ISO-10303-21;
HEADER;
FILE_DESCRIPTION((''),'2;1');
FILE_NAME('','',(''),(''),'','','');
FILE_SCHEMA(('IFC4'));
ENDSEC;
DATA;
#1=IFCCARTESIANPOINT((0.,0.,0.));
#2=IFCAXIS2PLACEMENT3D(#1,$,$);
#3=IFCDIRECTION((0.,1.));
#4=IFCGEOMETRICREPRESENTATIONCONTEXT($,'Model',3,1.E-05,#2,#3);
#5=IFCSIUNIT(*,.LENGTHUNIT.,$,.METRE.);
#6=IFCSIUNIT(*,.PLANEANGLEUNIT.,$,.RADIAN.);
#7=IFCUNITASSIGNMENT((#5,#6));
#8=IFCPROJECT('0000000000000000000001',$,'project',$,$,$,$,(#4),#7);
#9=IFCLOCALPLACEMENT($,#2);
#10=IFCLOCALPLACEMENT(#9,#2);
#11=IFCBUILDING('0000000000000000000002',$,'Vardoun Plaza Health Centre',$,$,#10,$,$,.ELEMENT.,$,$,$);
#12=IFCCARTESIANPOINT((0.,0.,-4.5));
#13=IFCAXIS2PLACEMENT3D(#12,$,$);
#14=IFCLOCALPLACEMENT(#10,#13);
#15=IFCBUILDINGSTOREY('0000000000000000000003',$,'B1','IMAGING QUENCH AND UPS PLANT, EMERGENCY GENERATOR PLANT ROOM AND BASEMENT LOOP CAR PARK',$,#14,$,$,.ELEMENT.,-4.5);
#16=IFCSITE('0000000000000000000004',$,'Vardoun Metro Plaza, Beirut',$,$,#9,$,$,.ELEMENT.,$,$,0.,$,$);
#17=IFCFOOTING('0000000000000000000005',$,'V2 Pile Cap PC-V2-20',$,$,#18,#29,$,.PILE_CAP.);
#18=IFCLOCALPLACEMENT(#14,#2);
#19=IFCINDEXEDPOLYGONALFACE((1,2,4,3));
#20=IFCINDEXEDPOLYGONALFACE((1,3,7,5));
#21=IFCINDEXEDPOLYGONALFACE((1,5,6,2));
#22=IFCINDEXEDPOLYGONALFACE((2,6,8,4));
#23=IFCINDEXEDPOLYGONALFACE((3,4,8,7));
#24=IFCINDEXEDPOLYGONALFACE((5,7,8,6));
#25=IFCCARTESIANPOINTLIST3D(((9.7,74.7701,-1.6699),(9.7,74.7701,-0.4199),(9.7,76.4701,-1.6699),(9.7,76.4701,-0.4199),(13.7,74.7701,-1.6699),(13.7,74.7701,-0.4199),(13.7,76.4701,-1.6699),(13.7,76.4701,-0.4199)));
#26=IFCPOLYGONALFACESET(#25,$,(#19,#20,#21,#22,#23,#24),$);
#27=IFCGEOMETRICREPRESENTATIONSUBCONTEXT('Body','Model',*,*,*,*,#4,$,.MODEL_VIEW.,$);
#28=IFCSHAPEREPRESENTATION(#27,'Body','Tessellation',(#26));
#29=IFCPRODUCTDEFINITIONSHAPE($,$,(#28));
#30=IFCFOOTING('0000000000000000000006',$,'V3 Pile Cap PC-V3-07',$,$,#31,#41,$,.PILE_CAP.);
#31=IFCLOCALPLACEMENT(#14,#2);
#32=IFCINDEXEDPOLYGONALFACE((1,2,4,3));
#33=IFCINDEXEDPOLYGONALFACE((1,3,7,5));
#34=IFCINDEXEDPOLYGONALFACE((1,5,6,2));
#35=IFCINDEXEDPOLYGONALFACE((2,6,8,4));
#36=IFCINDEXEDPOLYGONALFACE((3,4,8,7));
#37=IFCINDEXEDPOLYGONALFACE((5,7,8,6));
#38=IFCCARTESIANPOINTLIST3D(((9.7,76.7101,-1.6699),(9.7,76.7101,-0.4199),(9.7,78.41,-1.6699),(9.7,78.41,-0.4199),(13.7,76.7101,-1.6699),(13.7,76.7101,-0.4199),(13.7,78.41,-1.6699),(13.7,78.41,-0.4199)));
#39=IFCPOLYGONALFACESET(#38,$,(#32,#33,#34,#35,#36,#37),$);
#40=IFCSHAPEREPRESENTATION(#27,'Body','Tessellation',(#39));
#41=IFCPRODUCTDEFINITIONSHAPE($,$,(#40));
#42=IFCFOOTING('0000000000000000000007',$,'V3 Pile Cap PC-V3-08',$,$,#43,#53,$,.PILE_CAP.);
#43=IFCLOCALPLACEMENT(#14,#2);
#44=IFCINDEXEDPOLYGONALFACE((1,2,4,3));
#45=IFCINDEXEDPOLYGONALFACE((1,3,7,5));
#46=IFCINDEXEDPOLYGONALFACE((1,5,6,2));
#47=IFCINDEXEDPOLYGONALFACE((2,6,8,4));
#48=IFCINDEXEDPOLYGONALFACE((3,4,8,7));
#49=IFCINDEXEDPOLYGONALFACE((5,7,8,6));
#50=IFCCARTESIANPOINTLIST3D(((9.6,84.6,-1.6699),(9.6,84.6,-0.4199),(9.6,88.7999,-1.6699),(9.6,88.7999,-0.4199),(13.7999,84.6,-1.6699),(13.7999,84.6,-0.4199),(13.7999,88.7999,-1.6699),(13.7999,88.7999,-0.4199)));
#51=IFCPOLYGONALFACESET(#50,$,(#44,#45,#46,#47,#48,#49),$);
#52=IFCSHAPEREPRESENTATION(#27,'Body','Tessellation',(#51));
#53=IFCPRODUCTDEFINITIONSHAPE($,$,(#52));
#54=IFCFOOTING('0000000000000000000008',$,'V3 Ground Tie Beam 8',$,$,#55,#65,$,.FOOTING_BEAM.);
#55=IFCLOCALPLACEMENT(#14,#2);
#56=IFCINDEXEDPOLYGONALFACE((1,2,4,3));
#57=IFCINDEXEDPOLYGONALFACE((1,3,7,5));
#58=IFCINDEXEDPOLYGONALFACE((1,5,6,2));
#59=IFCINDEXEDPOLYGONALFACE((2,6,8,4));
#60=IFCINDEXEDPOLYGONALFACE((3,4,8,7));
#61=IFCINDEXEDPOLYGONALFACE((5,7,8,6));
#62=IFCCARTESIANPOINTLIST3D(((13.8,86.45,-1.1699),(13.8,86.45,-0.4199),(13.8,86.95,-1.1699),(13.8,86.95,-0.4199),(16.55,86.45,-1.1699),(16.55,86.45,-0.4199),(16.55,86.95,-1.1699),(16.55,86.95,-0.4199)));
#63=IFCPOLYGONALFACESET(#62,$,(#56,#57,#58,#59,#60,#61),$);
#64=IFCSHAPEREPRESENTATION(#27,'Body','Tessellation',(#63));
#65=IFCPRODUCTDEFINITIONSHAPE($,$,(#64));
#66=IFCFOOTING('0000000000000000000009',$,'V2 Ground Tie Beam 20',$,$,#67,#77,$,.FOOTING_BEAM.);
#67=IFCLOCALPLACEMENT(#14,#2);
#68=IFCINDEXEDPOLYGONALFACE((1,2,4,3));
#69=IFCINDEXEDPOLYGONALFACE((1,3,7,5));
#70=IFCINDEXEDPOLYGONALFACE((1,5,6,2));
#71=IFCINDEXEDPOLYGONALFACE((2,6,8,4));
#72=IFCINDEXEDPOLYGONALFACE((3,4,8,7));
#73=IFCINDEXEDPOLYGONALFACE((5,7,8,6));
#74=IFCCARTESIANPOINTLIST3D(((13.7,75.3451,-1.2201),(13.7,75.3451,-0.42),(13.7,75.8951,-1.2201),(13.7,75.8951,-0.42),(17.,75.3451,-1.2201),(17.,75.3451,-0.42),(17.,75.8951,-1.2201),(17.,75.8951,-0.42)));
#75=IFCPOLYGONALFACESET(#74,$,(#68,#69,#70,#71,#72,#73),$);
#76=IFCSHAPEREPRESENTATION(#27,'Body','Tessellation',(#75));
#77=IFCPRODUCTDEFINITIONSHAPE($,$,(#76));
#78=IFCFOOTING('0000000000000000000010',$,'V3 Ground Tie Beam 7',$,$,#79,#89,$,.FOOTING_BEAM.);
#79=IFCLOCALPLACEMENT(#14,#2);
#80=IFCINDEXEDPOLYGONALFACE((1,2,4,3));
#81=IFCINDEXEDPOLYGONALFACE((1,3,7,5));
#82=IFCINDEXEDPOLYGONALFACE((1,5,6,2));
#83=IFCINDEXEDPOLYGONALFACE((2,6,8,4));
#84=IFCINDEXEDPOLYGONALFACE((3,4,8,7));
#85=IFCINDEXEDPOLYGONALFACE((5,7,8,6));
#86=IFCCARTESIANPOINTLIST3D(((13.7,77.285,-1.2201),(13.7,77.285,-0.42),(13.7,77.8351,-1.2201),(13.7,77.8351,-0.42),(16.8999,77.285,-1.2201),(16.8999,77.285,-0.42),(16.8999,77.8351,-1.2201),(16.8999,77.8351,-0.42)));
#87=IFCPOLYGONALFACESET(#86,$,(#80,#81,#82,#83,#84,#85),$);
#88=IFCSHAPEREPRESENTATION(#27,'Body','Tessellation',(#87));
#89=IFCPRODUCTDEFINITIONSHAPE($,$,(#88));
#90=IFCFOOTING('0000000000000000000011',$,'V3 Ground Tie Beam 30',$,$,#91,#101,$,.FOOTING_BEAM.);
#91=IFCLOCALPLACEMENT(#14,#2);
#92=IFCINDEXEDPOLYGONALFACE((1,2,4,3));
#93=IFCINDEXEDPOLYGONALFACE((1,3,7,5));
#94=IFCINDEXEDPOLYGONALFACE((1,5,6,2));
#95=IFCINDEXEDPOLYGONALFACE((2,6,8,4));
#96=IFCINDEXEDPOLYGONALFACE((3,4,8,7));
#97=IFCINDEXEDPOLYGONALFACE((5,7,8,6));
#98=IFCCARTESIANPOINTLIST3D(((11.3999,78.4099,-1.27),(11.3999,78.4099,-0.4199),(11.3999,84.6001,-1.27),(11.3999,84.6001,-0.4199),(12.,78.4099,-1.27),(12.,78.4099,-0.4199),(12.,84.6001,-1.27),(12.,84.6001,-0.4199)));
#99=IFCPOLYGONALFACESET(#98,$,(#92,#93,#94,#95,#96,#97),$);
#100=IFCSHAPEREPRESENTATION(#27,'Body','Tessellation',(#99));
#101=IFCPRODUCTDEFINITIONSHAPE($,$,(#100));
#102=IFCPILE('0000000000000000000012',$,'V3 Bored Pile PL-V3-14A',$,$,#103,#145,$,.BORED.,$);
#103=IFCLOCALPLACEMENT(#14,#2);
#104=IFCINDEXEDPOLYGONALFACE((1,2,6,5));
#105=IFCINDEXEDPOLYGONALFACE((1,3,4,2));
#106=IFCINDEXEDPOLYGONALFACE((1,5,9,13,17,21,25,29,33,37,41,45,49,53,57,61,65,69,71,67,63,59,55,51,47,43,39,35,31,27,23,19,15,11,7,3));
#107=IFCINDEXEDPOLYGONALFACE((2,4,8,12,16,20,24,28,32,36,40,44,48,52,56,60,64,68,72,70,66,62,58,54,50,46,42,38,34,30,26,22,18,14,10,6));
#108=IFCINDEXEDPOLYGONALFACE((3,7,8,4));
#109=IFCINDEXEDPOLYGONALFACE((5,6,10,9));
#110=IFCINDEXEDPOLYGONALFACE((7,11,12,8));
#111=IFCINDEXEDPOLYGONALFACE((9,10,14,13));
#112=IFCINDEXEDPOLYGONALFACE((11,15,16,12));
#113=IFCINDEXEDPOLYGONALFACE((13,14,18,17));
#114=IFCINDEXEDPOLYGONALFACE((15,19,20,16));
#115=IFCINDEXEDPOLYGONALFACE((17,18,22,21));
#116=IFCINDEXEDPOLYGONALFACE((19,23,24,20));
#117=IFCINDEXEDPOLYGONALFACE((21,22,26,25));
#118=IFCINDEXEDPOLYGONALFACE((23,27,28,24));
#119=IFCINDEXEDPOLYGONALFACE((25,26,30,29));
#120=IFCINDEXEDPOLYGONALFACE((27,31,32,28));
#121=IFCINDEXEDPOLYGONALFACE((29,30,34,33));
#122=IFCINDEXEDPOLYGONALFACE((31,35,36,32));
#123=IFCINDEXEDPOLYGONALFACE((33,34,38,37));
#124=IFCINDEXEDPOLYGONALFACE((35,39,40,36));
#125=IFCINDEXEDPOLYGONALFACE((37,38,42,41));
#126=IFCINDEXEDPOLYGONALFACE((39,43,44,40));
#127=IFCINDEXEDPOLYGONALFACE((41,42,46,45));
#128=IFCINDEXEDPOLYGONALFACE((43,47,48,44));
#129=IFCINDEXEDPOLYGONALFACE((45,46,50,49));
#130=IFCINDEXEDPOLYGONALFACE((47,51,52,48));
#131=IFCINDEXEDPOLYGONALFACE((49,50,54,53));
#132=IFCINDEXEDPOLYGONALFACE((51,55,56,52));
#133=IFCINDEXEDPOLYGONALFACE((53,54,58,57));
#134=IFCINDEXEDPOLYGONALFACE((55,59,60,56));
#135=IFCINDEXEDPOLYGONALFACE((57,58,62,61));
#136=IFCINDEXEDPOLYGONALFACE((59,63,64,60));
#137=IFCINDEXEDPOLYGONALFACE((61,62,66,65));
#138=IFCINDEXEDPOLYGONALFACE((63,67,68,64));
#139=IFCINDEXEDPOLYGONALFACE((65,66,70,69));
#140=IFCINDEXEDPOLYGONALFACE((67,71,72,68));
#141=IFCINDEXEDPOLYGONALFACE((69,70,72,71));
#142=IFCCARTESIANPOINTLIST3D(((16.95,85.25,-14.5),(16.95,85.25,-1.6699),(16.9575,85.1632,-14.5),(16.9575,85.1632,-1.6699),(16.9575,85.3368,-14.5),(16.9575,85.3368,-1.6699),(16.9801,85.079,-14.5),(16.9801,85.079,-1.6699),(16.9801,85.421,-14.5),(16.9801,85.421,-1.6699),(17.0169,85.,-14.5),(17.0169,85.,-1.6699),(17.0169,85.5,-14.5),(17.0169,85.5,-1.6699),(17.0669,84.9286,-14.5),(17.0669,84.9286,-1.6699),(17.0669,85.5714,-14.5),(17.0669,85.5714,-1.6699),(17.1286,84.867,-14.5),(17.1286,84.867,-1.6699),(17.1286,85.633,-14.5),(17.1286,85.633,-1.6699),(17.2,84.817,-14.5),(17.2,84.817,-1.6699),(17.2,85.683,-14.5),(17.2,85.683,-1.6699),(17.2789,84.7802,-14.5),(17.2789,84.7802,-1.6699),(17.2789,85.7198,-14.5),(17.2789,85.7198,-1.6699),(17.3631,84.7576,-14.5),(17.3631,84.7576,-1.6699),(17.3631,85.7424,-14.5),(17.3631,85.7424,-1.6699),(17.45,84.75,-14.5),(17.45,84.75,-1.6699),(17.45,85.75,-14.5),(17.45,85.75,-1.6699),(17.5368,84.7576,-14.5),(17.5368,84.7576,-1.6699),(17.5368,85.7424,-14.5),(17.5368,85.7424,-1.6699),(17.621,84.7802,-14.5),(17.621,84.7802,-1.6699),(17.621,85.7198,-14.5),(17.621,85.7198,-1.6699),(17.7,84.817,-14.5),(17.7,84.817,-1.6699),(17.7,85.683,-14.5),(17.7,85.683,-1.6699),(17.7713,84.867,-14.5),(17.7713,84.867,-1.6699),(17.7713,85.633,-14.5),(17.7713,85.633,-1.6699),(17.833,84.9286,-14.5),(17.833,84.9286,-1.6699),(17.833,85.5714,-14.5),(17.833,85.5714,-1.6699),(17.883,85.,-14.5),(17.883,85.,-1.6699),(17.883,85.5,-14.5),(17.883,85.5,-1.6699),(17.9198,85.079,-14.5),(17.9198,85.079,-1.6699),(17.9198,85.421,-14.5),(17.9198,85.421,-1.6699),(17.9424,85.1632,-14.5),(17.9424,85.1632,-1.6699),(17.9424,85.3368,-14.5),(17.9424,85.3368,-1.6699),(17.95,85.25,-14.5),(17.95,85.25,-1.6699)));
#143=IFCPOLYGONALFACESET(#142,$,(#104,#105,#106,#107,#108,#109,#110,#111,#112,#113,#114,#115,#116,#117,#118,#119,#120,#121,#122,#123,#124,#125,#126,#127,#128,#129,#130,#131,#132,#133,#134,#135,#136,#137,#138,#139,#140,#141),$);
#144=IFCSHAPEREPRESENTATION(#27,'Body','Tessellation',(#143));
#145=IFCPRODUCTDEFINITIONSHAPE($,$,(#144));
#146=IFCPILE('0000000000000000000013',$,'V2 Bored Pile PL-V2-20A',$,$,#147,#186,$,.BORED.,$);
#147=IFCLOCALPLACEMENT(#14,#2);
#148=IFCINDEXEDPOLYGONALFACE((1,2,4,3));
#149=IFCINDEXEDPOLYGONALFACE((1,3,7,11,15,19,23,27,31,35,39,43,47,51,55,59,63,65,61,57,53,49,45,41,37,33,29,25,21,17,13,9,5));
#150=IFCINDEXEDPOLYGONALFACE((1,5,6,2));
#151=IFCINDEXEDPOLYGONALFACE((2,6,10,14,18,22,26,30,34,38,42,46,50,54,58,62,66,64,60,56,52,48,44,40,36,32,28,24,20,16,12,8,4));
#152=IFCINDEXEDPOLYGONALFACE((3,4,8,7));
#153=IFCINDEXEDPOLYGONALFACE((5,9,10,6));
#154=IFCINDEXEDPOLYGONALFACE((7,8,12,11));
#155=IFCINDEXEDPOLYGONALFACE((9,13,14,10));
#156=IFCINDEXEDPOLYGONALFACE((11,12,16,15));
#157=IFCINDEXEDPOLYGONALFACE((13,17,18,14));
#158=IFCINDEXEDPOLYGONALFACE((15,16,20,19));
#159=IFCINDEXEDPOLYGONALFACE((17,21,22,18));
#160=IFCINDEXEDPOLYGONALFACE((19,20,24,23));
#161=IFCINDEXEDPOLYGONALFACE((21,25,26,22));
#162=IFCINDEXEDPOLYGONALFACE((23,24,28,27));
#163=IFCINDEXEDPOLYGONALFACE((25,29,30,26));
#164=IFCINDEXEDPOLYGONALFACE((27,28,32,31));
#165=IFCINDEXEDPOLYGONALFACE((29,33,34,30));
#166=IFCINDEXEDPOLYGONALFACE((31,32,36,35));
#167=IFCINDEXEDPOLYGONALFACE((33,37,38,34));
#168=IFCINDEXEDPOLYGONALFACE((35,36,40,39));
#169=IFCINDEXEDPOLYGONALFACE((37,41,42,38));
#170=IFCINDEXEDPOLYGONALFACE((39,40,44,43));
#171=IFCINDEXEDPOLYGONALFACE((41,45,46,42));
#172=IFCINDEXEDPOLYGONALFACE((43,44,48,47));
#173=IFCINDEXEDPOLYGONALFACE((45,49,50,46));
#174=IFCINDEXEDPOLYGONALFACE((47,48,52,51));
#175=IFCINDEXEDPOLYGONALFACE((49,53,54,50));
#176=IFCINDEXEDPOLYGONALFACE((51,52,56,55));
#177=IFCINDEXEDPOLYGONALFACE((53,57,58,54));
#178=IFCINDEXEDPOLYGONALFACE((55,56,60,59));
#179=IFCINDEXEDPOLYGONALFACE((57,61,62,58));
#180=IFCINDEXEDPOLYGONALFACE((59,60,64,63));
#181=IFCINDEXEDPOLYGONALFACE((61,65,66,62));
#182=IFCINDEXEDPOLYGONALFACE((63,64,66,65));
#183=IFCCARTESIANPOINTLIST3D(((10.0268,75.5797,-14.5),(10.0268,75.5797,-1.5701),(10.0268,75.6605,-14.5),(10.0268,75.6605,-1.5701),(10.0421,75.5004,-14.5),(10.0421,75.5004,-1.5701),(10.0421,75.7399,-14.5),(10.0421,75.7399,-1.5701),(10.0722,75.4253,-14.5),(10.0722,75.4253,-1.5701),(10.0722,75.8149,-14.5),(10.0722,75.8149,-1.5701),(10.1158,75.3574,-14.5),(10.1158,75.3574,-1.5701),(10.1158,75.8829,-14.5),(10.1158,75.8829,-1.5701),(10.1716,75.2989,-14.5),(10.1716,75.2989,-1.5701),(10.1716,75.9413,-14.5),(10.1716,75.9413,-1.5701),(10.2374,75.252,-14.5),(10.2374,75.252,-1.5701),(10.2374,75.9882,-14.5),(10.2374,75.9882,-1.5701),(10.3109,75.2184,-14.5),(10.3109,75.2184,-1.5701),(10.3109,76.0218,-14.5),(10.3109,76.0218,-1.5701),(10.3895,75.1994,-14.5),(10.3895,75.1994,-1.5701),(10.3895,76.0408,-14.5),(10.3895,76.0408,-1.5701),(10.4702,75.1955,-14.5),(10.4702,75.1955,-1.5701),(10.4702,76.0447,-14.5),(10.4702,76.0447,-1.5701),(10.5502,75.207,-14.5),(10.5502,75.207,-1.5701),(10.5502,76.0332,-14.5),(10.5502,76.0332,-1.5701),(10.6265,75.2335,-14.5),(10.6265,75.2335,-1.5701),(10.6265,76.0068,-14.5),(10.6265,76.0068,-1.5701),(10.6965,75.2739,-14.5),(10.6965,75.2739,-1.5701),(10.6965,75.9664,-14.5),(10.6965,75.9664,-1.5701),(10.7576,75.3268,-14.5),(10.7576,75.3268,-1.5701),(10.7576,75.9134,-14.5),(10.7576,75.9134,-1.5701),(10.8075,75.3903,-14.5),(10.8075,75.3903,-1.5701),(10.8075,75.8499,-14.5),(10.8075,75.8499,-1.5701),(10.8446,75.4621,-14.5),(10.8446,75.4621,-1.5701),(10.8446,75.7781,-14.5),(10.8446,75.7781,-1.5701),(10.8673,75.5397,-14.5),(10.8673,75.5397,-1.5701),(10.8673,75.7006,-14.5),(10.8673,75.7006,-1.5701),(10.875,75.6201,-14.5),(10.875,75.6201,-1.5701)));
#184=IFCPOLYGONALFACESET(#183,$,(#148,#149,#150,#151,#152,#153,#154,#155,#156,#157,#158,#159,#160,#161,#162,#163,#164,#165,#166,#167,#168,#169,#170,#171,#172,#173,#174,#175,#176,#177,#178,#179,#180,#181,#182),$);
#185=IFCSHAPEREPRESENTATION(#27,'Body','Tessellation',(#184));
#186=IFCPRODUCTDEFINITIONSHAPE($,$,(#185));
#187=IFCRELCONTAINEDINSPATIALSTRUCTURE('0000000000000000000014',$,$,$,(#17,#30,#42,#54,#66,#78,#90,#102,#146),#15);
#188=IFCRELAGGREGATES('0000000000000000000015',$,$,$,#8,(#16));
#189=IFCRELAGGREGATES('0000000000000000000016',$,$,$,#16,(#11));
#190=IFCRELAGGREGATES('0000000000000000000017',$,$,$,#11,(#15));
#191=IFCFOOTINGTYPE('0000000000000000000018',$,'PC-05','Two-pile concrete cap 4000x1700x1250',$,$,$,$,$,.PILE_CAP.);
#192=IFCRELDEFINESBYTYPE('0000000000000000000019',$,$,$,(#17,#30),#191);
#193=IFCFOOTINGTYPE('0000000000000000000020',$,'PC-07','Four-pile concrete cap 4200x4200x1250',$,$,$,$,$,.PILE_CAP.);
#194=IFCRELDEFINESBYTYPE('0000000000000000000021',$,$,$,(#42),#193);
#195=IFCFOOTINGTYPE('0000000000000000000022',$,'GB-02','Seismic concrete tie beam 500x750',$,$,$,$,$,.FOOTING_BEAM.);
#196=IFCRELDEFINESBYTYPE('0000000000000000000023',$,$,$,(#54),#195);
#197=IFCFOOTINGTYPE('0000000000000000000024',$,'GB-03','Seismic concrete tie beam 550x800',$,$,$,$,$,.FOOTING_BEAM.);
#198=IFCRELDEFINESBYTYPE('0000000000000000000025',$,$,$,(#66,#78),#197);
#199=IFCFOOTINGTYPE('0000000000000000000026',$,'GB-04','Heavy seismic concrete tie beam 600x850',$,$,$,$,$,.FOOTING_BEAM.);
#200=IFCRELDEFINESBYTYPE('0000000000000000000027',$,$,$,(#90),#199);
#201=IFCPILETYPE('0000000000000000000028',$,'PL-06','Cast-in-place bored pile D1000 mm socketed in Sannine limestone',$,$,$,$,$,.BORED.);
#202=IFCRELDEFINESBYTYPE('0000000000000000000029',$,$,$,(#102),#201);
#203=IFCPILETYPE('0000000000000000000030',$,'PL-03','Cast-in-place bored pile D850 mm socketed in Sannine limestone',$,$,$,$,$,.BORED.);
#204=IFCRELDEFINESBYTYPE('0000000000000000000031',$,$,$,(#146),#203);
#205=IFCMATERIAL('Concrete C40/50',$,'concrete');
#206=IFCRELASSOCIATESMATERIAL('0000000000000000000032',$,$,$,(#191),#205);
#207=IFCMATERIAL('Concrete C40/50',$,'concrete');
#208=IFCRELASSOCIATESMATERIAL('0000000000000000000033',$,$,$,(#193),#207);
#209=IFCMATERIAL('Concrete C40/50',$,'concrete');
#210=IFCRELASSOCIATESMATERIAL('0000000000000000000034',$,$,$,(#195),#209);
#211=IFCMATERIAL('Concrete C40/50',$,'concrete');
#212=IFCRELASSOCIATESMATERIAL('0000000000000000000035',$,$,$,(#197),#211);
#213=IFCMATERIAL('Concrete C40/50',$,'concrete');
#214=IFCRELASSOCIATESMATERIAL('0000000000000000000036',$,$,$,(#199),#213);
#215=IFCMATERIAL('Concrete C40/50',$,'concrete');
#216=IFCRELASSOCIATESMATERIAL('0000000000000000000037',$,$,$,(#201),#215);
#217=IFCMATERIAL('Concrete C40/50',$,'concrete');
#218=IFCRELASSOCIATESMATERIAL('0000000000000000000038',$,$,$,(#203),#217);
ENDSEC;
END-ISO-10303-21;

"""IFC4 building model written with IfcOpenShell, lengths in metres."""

from ifc_helpers import new_model, si_unit, direction, frame, origin, origin_2d, place, context, subcontext, project, spatial, rectangle, circle, extrude, material, material_profile, profile_set, type_object, element, save


model = new_model("IFC4")

# Units and contexts
model_context = context("Model", 3, precision=1e-05, world=origin(), true_north=direction((0.0, 1.0)))
body_context = subcontext(model_context, "Body", "Model", "MODEL_VIEW")
ifc_project = project(units=[si_unit("LENGTHUNIT", "METRE"), si_unit("PLANEANGLEUNIT", "RADIAN")], contexts=[model_context])

# Site, building, storey
site_placement = place(None, origin())
site = spatial("IfcSite", under=ifc_project, at=site_placement, Name="Vardoun Metro Plaza, Beirut", CompositionType="ELEMENT", RefElevation=0.0)
building_placement = place(site_placement, origin())
building = spatial("IfcBuilding", under=site, at=building_placement, Name="Vardoun Plaza Health Centre", CompositionType="ELEMENT")
storey_placement = place(building_placement, frame((0.0, 0.0, -4.5)))
storey = spatial("IfcBuildingStorey", under=building, at=storey_placement, Name="B1", Description="IMAGING QUENCH AND UPS PLANT, EMERGENCY GENERATOR PLANT ROOM AND BASEMENT LOOP CAR PARK", CompositionType="ELEMENT", Elevation=-4.5)

# Footings
ifc_material_1 = material(Name="Concrete C40/50", Category="concrete")
footing_type_1 = type_object("IfcFootingType", Name="PC-05", Description="Two-pile concrete cap 4000x1700x1250", PredefinedType="PILE_CAP", material=ifc_material_1)
for number, where, z_axis, x_axis, name in (
    (1, (11.7, 75.6201, -1.6699), (0.0, 0.0, 1.0), (1.0, 0.0, 0.0), "V2 Pile Cap PC-V2-20"),
    (2, (11.7, 77.5601, -1.6699), (0.0, 0.0, 1.0), (1.0, 0.0, 0.0), "V3 Pile Cap PC-V3-07"),
):
    element("IfcFooting", number, at=place(storey_placement, frame(where, z_axis=z_axis, x_axis=x_axis)), inside=storey, type_object=footing_type_1, Name=name, PredefinedType="PILE_CAP", context=body_context, shape_type="SweptSolid", body=[
        extrude(rectangle(XDim=4.0, YDim=1.7, at=origin_2d()), origin(), (0.0, 0.0, 1.0), 1.25),
    ])
ifc_material_2 = material(Name="Concrete C40/50", Category="concrete")
footing_type_2 = type_object("IfcFootingType", Name="PC-07", Description="Four-pile concrete cap 4200x4200x1250", PredefinedType="PILE_CAP", material=ifc_material_2)
footing_1_placement = place(storey_placement, frame((11.7, 86.7, -1.6699), z_axis=(0.0, 0.0, 1.0), x_axis=(1.0, 0.0, 0.0)))
element("IfcFooting", 3, at=footing_1_placement, inside=storey, type_object=footing_type_2, Name="V3 Pile Cap PC-V3-08", PredefinedType="PILE_CAP", context=body_context, shape_type="SweptSolid", body=[
    extrude(rectangle(XDim=4.2, YDim=4.2, at=origin_2d()), origin(), (0.0, 0.0, 1.0), 1.25),
])
ifc_material_3 = material(Name="Concrete C40/50", Category="concrete")
ifc_material_profile_1 = material_profile(ifc_material_3, rectangle(XDim=0.5, YDim=0.75, at=origin_2d()), Name="GB 500x750")
ifc_profile_set_1 = profile_set([ifc_material_profile_1], Name="Concrete C40/50")
footing_type_3 = type_object("IfcFootingType", Name="GB-02", Description="Seismic concrete tie beam 500x750", PredefinedType="FOOTING_BEAM", material=ifc_profile_set_1)
footing_2_placement = place(storey_placement, frame((13.8, 86.7, -0.7949), z_axis=(1.0, 0.0, 0.0), x_axis=(0.0, 1.0, 0.0)))
element("IfcFooting", 4, at=footing_2_placement, inside=storey, type_object=footing_type_3, Name="V3 Ground Tie Beam 8", PredefinedType="FOOTING_BEAM", context=body_context, shape_type="SweptSolid", body=[
    extrude(rectangle(XDim=0.5, YDim=0.75, at=origin_2d()), origin(), (0.0, 0.0, 1.0), 2.75),
])
ifc_material_4 = material(Name="Concrete C40/50", Category="concrete")
ifc_material_profile_2 = material_profile(ifc_material_4, rectangle(XDim=0.55, YDim=0.8, at=origin_2d()), Name="GB 550x800")
ifc_profile_set_2 = profile_set([ifc_material_profile_2], Name="Concrete C40/50")
footing_type_4 = type_object("IfcFootingType", Name="GB-03", Description="Seismic concrete tie beam 550x800", PredefinedType="FOOTING_BEAM", material=ifc_profile_set_2)
footing_3_placement = place(storey_placement, frame((13.7, 75.6201, -0.8201), z_axis=(1.0, 0.0, 0.0), x_axis=(0.0, 1.0, 0.0)))
element("IfcFooting", 5, at=footing_3_placement, inside=storey, type_object=footing_type_4, Name="V2 Ground Tie Beam 20", PredefinedType="FOOTING_BEAM", context=body_context, shape_type="SweptSolid", body=[
    extrude(rectangle(XDim=0.55, YDim=0.8, at=origin_2d()), origin(), (0.0, 0.0, 1.0), 3.3),
])
footing_4_placement = place(storey_placement, frame((13.7, 77.5601, -0.8201), z_axis=(1.0, 0.0, 0.0), x_axis=(0.0, 1.0, 0.0)))
element("IfcFooting", 6, at=footing_4_placement, inside=storey, type_object=footing_type_4, Name="V3 Ground Tie Beam 7", PredefinedType="FOOTING_BEAM", context=body_context, shape_type="SweptSolid", body=[
    extrude(rectangle(XDim=0.55, YDim=0.8, at=origin_2d()), origin(), (0.0, 0.0, 1.0), 3.2),
])
ifc_material_5 = material(Name="Concrete C40/50", Category="concrete")
ifc_material_profile_3 = material_profile(ifc_material_5, rectangle(XDim=0.6001, YDim=0.8501, at=origin_2d()), Name="GB 600x850")
ifc_profile_set_3 = profile_set([ifc_material_profile_3], Name="Concrete C40/50")
footing_type_5 = type_object("IfcFootingType", Name="GB-04", Description="Heavy seismic concrete tie beam 600x850", PredefinedType="FOOTING_BEAM", material=ifc_profile_set_3)
footing_5_placement = place(storey_placement, frame((11.7, 78.4099, -0.845), z_axis=(0.0, 1.0, 0.0), x_axis=(-1.0, 0.0, 0.0)))
element("IfcFooting", 7, at=footing_5_placement, inside=storey, type_object=footing_type_5, Name="V3 Ground Tie Beam 30", PredefinedType="FOOTING_BEAM", context=body_context, shape_type="SweptSolid", body=[
    extrude(rectangle(XDim=0.6001, YDim=0.8501, at=origin_2d()), origin(), (0.0, 0.0, 1.0), 6.1902),
])

# Piles
ifc_material_6 = material(Name="Concrete C40/50", Category="concrete")
ifc_material_profile_4 = material_profile(ifc_material_6, circle(Radius=0.5, at=origin_2d()), Name="PILE D1000")
ifc_profile_set_4 = profile_set([ifc_material_profile_4], Name="Concrete C40/50")
pile_type_1 = type_object("IfcPileType", Name="PL-06", Description="Cast-in-place bored pile D1000 mm socketed in Sannine limestone", PredefinedType="BORED", material=ifc_profile_set_4)
pile_1_placement = place(storey_placement, frame((17.45, 85.25, -1.6699), z_axis=(0.0, 0.0, -1.0), x_axis=(1.0, 0.0, 0.0)))
element("IfcPile", 8, at=pile_1_placement, inside=storey, type_object=pile_type_1, Name="V3 Bored Pile PL-V3-14A", PredefinedType="BORED", context=body_context, shape_type="SweptSolid", body=[
    extrude(circle(Radius=0.5, at=origin_2d()), origin(), (0.0, 0.0, 1.0), 12.8301),
])
ifc_material_7 = material(Name="Concrete C40/50", Category="concrete")
ifc_material_profile_5 = material_profile(ifc_material_7, circle(Radius=0.425, at=origin_2d()), Name="PILE D850")
ifc_profile_set_5 = profile_set([ifc_material_profile_5], Name="Concrete C40/50")
pile_type_2 = type_object("IfcPileType", Name="PL-03", Description="Cast-in-place bored pile D850 mm socketed in Sannine limestone", PredefinedType="BORED", material=ifc_profile_set_5)
for number, where, z_axis, x_axis, name in (
    (9, (10.45, 75.6201, -1.5701), (0.0, 0.0, -1.0), (1.0, 0.0, 0.0), "V2 Bored Pile PL-V2-20A"),
):
    element("IfcPile", number, at=place(storey_placement, frame(where, z_axis=z_axis, x_axis=x_axis)), inside=storey, type_object=pile_type_2, Name=name, PredefinedType="BORED", context=body_context, shape_type="SweptSolid", body=[
        extrude(circle(Radius=0.425, at=origin_2d()), origin(), (0.0, 0.0, 1.0), 12.9299),
    ])

save(model, "model.ifc")
